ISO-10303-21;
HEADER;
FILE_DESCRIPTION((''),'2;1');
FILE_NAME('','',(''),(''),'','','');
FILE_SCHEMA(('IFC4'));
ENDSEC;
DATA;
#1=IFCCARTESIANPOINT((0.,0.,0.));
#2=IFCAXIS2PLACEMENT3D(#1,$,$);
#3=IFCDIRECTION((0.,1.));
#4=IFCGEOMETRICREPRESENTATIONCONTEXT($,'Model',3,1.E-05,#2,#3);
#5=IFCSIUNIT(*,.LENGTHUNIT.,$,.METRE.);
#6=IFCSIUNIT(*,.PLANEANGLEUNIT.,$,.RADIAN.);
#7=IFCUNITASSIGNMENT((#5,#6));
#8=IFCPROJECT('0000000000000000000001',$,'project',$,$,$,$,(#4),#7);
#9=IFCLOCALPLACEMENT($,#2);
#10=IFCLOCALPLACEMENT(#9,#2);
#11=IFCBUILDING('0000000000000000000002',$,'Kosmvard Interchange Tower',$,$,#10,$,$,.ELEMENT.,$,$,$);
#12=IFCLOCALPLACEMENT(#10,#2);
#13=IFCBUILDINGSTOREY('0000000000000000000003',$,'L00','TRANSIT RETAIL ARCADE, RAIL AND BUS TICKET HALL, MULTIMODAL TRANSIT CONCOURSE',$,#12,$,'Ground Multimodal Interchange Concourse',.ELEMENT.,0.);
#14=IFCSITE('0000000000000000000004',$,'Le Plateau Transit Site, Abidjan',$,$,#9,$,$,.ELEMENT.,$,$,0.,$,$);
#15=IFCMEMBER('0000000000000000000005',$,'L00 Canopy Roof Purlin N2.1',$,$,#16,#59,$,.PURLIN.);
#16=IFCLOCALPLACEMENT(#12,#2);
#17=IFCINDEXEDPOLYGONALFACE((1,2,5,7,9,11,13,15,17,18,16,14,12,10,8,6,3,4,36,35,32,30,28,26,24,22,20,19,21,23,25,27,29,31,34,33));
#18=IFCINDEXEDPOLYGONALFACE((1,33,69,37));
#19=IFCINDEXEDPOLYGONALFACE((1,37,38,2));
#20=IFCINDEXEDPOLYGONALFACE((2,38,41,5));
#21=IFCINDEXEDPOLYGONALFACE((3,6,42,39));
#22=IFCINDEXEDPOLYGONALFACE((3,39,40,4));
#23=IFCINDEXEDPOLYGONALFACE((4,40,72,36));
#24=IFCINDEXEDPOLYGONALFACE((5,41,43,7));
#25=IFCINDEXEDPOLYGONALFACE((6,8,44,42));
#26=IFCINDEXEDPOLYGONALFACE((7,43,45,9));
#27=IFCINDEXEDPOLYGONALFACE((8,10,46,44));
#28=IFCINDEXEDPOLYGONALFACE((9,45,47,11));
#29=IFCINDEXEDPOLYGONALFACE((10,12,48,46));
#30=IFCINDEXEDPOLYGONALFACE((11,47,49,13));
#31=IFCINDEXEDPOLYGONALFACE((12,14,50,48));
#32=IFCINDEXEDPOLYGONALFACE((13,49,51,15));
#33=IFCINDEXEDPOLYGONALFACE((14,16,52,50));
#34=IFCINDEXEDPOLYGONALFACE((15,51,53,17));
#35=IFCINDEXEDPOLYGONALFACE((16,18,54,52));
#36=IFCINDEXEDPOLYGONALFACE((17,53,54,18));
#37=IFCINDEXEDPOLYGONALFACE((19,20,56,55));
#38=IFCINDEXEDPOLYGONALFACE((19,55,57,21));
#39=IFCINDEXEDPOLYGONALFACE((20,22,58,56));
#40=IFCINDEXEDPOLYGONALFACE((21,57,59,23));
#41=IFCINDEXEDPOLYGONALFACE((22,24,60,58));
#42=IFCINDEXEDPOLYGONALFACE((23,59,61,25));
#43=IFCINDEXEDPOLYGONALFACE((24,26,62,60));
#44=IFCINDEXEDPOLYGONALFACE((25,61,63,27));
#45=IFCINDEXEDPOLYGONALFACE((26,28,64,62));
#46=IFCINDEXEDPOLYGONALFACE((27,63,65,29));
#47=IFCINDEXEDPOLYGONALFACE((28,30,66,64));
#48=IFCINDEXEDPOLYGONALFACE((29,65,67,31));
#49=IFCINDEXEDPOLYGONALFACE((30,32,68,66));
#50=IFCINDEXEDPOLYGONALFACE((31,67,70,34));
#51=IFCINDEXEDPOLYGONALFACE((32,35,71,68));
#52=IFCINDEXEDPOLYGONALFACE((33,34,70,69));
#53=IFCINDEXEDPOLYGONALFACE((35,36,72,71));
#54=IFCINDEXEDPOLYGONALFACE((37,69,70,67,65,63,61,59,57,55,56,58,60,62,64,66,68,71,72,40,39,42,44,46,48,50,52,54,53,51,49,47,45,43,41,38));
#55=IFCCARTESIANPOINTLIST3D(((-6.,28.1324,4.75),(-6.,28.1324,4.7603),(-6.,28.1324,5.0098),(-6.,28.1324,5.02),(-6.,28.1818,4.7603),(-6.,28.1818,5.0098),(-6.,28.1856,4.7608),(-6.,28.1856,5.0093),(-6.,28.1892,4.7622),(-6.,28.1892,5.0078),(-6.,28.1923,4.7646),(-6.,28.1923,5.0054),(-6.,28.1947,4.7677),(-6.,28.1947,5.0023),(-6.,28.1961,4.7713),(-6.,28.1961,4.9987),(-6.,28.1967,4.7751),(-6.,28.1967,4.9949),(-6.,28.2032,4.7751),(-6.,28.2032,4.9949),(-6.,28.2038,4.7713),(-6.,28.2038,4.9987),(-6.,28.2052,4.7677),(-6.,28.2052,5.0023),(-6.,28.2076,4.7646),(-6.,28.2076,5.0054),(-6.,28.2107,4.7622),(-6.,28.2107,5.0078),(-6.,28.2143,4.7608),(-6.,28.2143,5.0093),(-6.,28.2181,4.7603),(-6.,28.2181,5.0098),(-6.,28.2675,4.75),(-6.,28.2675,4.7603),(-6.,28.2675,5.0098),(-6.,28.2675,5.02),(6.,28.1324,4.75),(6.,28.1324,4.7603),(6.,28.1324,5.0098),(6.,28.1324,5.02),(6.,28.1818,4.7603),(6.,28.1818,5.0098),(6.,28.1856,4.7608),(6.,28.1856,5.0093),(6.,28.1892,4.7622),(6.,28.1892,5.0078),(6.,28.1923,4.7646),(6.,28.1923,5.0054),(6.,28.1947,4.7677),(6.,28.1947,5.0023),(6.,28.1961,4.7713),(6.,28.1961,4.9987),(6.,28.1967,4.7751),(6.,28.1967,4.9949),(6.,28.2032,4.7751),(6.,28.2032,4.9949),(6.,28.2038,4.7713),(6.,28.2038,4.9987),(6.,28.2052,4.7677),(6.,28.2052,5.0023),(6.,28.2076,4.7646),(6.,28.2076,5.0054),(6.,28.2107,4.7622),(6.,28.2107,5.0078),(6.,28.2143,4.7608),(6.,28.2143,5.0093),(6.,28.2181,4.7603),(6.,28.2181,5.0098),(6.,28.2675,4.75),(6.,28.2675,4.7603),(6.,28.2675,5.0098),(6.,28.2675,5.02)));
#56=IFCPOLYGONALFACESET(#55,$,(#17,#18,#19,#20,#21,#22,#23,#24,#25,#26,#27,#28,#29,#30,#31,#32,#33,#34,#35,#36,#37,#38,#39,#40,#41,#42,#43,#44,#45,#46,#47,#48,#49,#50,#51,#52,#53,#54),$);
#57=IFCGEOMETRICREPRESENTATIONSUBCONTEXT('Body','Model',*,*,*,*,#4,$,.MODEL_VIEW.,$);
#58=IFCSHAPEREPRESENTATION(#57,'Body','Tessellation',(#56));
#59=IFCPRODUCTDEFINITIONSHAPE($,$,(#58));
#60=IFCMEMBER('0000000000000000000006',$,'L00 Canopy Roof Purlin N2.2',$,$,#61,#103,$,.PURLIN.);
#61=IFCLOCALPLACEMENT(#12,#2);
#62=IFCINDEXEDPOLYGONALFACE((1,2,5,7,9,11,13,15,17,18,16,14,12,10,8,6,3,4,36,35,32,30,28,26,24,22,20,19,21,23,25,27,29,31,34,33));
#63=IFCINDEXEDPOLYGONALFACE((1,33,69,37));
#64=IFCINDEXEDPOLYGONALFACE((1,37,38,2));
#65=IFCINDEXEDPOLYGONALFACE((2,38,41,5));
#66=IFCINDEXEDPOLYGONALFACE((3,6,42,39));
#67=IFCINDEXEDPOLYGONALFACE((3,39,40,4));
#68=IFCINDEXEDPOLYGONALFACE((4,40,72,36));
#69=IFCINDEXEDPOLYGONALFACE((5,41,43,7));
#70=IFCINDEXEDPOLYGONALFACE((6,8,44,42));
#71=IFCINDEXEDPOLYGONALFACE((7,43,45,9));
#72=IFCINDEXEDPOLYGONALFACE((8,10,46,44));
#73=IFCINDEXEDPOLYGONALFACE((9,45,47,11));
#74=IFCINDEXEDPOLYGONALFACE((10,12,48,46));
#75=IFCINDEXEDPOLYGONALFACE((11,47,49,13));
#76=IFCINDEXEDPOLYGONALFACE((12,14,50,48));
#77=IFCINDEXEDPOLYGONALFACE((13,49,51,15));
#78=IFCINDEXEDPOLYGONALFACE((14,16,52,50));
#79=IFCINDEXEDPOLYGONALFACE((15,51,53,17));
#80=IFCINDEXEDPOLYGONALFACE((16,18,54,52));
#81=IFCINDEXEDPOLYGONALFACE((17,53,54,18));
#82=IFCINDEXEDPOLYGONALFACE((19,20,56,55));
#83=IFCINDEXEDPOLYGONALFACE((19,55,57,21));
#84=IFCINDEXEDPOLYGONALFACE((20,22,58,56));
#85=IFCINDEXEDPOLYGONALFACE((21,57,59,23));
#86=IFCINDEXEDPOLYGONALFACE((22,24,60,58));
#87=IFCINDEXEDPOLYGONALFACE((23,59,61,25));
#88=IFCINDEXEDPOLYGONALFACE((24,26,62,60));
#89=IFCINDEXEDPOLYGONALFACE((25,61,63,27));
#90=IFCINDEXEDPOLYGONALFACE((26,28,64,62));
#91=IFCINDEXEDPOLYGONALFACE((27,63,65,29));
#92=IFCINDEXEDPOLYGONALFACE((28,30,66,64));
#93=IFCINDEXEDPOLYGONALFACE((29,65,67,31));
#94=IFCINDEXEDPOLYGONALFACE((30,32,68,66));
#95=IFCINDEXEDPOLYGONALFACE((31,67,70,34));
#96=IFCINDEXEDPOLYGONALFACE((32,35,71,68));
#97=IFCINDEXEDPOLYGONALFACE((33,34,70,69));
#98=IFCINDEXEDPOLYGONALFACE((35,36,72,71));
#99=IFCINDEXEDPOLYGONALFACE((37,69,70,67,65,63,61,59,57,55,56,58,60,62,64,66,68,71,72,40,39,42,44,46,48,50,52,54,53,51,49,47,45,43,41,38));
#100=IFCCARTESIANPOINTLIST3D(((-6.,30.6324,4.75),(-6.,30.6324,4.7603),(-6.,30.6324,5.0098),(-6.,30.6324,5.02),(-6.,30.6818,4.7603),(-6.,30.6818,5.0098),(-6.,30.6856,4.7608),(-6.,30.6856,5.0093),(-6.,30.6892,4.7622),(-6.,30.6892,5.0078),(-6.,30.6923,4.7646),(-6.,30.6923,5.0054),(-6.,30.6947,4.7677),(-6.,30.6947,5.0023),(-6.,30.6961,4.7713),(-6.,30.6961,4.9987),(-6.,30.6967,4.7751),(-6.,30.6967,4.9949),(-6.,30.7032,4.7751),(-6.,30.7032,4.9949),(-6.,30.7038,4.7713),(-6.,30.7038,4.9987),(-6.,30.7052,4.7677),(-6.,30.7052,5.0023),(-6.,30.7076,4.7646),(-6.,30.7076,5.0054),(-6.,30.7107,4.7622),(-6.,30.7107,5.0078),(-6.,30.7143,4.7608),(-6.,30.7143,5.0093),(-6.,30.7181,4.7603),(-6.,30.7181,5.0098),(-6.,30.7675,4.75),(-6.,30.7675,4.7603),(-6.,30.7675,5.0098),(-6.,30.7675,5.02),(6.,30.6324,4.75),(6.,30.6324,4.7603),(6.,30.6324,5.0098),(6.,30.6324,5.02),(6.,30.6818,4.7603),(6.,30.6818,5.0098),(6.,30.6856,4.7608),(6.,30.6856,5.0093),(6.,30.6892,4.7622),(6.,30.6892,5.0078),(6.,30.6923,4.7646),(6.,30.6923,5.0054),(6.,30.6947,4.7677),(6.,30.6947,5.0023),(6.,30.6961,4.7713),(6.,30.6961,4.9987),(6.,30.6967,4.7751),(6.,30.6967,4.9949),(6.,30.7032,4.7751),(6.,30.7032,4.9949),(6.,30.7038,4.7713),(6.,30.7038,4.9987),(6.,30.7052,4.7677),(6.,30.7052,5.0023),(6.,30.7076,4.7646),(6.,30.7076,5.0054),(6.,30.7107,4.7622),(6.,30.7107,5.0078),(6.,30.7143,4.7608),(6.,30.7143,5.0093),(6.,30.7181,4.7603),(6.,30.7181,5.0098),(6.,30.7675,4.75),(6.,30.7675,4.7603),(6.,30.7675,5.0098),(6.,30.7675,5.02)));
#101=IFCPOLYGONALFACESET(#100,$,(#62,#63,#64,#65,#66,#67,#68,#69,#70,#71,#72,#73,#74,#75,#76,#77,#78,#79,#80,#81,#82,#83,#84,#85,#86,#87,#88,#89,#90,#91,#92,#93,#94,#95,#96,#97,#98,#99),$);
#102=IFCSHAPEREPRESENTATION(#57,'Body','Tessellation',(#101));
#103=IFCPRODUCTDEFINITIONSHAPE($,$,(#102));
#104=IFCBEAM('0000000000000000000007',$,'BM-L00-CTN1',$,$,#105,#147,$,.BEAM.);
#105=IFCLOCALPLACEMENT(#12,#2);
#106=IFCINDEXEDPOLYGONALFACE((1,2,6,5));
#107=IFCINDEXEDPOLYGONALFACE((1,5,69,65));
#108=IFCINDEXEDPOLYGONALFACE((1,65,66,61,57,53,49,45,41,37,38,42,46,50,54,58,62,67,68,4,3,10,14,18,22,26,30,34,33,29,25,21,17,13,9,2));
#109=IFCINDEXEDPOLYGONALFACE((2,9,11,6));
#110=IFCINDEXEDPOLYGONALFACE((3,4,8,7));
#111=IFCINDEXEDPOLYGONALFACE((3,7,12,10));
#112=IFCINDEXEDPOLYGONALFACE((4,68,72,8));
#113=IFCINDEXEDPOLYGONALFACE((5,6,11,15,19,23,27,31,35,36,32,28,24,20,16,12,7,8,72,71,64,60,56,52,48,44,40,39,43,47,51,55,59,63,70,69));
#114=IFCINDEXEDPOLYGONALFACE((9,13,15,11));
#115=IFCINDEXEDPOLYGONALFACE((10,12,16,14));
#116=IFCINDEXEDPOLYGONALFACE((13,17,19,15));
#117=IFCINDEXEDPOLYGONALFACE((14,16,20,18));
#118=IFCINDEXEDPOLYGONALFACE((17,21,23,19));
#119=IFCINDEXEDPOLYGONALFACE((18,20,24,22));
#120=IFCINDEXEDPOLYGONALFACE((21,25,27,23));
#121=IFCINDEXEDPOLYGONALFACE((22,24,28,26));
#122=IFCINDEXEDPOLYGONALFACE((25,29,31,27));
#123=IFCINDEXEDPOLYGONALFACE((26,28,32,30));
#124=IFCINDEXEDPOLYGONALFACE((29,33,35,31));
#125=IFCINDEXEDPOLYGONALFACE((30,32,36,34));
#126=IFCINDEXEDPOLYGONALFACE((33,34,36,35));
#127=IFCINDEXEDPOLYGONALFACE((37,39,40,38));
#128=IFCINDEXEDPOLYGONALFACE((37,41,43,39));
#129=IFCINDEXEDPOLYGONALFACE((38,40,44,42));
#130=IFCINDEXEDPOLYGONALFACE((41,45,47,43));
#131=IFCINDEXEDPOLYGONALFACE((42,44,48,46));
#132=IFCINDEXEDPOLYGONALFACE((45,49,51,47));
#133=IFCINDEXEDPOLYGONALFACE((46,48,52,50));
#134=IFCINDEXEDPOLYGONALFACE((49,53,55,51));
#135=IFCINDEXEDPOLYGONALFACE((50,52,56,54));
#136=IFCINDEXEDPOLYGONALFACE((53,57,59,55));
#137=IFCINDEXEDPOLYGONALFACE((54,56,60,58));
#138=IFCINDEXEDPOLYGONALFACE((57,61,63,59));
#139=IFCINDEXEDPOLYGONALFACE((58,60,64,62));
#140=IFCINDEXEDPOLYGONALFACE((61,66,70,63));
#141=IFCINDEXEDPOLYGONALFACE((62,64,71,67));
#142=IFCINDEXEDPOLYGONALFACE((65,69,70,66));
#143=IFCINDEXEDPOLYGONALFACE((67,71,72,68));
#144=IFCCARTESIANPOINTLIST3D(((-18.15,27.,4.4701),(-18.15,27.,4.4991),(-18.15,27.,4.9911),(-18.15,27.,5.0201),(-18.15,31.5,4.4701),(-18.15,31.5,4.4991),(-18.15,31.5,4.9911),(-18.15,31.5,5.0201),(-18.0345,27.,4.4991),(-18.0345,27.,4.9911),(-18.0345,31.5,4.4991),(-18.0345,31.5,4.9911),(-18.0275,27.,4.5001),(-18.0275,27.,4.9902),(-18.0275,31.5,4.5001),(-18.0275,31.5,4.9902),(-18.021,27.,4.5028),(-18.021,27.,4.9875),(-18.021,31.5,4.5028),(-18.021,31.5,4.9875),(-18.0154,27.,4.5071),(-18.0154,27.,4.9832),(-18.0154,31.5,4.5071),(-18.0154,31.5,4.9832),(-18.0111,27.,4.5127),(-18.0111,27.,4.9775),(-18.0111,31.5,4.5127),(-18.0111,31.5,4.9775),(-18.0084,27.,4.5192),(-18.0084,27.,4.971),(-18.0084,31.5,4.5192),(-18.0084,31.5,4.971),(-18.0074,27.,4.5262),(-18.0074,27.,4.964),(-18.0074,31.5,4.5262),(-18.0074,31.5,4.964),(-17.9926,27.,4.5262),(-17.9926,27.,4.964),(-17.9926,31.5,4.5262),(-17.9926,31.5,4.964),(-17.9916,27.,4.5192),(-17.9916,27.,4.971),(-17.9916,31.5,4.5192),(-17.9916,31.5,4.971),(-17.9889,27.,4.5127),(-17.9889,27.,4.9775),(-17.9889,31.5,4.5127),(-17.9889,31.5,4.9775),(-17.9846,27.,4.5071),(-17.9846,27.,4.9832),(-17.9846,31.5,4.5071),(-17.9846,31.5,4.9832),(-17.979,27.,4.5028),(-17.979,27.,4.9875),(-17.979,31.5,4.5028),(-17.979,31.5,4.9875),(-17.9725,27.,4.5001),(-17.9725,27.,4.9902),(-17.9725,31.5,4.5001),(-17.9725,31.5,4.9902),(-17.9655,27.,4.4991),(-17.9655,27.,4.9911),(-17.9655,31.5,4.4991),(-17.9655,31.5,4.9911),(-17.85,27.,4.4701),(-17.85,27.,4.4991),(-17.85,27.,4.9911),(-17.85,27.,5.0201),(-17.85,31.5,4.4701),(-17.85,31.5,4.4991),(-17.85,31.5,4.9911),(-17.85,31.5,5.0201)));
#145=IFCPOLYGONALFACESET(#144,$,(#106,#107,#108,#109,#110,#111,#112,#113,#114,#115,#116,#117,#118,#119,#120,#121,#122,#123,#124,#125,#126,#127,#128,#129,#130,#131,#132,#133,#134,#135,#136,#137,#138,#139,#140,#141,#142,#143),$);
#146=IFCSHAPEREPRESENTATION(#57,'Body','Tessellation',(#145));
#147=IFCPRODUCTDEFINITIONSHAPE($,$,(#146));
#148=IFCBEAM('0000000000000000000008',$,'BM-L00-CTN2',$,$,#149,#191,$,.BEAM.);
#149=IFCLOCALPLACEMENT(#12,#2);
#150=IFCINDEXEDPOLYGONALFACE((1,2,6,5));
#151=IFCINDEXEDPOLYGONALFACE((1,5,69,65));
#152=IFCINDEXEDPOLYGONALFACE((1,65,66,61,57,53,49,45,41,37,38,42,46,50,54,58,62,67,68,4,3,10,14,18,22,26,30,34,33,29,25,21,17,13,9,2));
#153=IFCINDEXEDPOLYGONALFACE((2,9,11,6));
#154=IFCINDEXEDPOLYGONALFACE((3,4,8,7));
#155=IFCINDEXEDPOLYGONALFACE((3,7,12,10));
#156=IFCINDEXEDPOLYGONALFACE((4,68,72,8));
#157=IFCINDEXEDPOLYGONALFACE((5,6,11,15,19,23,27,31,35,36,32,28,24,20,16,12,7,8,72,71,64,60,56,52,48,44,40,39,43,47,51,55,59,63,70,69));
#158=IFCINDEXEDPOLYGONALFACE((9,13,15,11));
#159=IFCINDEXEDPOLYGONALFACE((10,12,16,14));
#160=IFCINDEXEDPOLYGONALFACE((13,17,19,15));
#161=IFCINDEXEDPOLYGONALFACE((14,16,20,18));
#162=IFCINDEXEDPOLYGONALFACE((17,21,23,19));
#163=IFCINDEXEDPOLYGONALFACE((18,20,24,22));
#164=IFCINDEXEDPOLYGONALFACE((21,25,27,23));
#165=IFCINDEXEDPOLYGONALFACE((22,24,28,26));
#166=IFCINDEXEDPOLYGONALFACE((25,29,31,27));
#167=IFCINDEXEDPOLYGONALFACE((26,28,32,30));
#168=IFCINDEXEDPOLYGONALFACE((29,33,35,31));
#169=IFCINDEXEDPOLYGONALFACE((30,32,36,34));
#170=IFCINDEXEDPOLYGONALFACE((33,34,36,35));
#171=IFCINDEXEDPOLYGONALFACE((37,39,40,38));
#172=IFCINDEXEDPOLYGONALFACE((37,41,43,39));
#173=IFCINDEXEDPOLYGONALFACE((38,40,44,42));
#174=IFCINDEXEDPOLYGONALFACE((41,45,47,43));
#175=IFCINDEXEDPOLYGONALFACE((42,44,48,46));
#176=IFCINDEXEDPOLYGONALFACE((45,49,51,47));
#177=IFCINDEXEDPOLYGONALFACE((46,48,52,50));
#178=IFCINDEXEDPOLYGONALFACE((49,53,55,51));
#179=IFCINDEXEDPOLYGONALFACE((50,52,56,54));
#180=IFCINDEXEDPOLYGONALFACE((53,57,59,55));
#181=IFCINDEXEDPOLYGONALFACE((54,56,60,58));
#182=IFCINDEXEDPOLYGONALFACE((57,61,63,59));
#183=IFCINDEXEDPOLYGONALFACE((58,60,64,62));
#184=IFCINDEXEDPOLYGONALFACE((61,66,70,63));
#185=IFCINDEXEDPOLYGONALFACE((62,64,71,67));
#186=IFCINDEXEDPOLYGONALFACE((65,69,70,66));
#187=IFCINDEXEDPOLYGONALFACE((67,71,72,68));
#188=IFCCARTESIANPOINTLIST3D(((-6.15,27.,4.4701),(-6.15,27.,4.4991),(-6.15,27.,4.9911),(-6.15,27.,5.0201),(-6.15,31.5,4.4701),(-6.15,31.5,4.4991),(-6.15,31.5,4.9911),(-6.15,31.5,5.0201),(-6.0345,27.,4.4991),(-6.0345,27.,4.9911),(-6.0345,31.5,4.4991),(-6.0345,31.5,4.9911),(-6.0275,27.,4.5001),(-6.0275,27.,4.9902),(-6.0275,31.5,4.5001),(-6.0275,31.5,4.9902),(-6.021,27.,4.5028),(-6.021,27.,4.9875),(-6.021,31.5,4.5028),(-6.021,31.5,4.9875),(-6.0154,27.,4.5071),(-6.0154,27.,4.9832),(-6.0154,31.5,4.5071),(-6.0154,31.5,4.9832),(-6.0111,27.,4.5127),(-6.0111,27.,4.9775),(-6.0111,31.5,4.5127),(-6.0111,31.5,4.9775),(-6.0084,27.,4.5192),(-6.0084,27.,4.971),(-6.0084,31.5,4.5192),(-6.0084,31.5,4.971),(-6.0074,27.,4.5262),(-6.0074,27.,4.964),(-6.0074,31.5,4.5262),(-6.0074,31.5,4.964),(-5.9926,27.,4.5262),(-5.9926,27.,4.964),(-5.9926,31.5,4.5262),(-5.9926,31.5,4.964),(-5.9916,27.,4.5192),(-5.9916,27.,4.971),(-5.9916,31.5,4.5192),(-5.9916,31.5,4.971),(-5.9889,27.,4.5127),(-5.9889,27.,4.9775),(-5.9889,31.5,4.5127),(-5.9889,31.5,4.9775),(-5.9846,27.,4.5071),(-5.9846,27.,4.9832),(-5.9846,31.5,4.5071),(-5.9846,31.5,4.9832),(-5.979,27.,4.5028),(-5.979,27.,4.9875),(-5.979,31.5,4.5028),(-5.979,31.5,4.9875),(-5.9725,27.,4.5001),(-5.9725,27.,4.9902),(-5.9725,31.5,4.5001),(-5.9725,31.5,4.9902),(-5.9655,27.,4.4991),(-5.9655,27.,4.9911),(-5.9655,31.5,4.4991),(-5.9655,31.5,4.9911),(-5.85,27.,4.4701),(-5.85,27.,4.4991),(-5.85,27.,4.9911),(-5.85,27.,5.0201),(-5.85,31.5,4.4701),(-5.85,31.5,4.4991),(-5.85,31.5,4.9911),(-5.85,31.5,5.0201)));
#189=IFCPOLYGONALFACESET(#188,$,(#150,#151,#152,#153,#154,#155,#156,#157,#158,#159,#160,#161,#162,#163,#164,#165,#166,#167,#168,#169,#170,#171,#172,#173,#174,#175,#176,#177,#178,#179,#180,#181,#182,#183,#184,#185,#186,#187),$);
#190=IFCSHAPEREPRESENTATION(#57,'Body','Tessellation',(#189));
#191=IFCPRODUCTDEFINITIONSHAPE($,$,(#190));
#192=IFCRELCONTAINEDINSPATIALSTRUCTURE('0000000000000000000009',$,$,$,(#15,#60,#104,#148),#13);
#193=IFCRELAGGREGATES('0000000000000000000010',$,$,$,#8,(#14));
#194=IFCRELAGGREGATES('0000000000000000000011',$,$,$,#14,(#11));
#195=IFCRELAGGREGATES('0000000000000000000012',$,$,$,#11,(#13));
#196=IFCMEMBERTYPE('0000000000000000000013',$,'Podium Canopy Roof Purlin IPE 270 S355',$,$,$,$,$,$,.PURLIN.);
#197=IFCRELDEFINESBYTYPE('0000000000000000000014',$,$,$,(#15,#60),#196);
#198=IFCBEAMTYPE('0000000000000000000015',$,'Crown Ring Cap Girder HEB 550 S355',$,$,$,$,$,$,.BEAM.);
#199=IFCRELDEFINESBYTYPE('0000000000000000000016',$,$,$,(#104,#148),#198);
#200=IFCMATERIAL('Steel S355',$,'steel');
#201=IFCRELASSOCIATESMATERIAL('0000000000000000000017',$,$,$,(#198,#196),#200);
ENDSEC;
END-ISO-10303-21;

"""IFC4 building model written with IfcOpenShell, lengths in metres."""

from ifc_helpers import new_model, si_unit, direction, frame, origin, origin_2d, place, context, subcontext, project, spatial, i_section, extrude, source, transform, mapped, material, material_profile, profile_set, type_object, element, save


model = new_model("IFC4")

# Units and contexts
model_context = context("Model", 3, precision=1e-05, world=origin(), true_north=direction((0.0, 1.0)))
body_context = subcontext(model_context, "Body", "Model", "MODEL_VIEW")
ifc_project = project(units=[si_unit("LENGTHUNIT", "METRE"), si_unit("PLANEANGLEUNIT", "RADIAN")], contexts=[model_context])

# Site, building, storey
site_placement = place(None, origin())
site = spatial("IfcSite", under=ifc_project, at=site_placement, Name="Le Plateau Transit Site, Abidjan", CompositionType="ELEMENT", RefElevation=0.0)
building_placement = place(site_placement, origin())
building = spatial("IfcBuilding", under=site, at=building_placement, Name="Kosmvard Interchange Tower", CompositionType="ELEMENT")
storey_placement = place(building_placement, origin())
storey = spatial("IfcBuildingStorey", under=building, at=storey_placement, Name="L00", Description="TRANSIT RETAIL ARCADE, RAIL AND BUS TICKET HALL, MULTIMODAL TRANSIT CONCOURSE", LongName="Ground Multimodal Interchange Concourse", CompositionType="ELEMENT", Elevation=0.0)

# Shared definitions
ifc_material_1 = material(Name="Steel S355", Category="steel")

# Shared definitions
ifc_material_profile_1 = material_profile(ifc_material_1, i_section(OverallWidth=0.3, OverallDepth=0.55, WebThickness=0.0149, FlangeThickness=0.0291, FilletRadius=0.0271, at=origin_2d()), Name="HEB 550")
ifc_profile_set_1 = profile_set([ifc_material_profile_1], Name="Steel S355")
beam_type_1 = type_object("IfcBeamType", Name="Crown Ring Cap Girder HEB 550 S355", PredefinedType="BEAM", material=ifc_profile_set_1)

# Members
ifc_material_profile_2 = material_profile(ifc_material_1, i_section(OverallWidth=0.135, OverallDepth=0.27, WebThickness=0.0066, FlangeThickness=0.0103, FilletRadius=0.0149, at=origin_2d()), Name="IPE 270")
ifc_profile_set_2 = profile_set([ifc_material_profile_2], Name="Steel S355")
member_type_1 = type_object("IfcMemberType", Name="Podium Canopy Roof Purlin IPE 270 S355", PredefinedType="PURLIN", material=ifc_profile_set_2)
shared_shape_1 = source(origin(), body_context, "Body", "SweptSolid", [
    extrude(i_section(OverallWidth=0.135, OverallDepth=0.27, WebThickness=0.0066, FlangeThickness=0.0103, FilletRadius=0.0149, at=origin_2d()), origin(), (0.0, 0.0, 1.0), 12.0),
])
for number, where, z_axis, x_axis, name in (
    (1, (-6.0, 28.2, 4.885), (1.0, 0.0, 0.0), (0.0, 1.0, 0.0), "L00 Canopy Roof Purlin N2.1"),
    (2, (-6.0, 30.7, 4.885), (1.0, 0.0, 0.0), (0.0, 1.0, 0.0), "L00 Canopy Roof Purlin N2.2"),
):
    element("IfcMember", number, at=place(storey_placement, frame(where, z_axis=z_axis, x_axis=x_axis)), inside=storey, type_object=member_type_1, Name=name, PredefinedType="PURLIN", context=body_context, shape_type="MappedRepresentation", body=[
        mapped(shared_shape_1, transform((0.0, 0.0, 0.0), scale=1.0)),
    ])

# Beams
shared_shape_2 = source(origin(), body_context, "Body", "SweptSolid", [
    extrude(i_section(OverallWidth=0.3, OverallDepth=0.55, WebThickness=0.0149, FlangeThickness=0.0291, FilletRadius=0.0271, at=origin_2d()), origin(), (0.0, 0.0, 1.0), 4.5),
])
for number, where, z_axis, x_axis, name in (
    (3, (-18.0, 27.0, 4.7451), (0.0, 1.0, 0.0), (-1.0, 0.0, 0.0), "BM-L00-CTN1"),
    (4, (-6.0, 27.0, 4.7451), (0.0, 1.0, 0.0), (-1.0, 0.0, 0.0), "BM-L00-CTN2"),
):
    element("IfcBeam", number, at=place(storey_placement, frame(where, z_axis=z_axis, x_axis=x_axis)), inside=storey, type_object=beam_type_1, Name=name, PredefinedType="BEAM", context=body_context, shape_type="MappedRepresentation", body=[
        mapped(shared_shape_2, transform((0.0, 0.0, 0.0), scale=1.0)),
    ])

save(model, "model.ifc")
